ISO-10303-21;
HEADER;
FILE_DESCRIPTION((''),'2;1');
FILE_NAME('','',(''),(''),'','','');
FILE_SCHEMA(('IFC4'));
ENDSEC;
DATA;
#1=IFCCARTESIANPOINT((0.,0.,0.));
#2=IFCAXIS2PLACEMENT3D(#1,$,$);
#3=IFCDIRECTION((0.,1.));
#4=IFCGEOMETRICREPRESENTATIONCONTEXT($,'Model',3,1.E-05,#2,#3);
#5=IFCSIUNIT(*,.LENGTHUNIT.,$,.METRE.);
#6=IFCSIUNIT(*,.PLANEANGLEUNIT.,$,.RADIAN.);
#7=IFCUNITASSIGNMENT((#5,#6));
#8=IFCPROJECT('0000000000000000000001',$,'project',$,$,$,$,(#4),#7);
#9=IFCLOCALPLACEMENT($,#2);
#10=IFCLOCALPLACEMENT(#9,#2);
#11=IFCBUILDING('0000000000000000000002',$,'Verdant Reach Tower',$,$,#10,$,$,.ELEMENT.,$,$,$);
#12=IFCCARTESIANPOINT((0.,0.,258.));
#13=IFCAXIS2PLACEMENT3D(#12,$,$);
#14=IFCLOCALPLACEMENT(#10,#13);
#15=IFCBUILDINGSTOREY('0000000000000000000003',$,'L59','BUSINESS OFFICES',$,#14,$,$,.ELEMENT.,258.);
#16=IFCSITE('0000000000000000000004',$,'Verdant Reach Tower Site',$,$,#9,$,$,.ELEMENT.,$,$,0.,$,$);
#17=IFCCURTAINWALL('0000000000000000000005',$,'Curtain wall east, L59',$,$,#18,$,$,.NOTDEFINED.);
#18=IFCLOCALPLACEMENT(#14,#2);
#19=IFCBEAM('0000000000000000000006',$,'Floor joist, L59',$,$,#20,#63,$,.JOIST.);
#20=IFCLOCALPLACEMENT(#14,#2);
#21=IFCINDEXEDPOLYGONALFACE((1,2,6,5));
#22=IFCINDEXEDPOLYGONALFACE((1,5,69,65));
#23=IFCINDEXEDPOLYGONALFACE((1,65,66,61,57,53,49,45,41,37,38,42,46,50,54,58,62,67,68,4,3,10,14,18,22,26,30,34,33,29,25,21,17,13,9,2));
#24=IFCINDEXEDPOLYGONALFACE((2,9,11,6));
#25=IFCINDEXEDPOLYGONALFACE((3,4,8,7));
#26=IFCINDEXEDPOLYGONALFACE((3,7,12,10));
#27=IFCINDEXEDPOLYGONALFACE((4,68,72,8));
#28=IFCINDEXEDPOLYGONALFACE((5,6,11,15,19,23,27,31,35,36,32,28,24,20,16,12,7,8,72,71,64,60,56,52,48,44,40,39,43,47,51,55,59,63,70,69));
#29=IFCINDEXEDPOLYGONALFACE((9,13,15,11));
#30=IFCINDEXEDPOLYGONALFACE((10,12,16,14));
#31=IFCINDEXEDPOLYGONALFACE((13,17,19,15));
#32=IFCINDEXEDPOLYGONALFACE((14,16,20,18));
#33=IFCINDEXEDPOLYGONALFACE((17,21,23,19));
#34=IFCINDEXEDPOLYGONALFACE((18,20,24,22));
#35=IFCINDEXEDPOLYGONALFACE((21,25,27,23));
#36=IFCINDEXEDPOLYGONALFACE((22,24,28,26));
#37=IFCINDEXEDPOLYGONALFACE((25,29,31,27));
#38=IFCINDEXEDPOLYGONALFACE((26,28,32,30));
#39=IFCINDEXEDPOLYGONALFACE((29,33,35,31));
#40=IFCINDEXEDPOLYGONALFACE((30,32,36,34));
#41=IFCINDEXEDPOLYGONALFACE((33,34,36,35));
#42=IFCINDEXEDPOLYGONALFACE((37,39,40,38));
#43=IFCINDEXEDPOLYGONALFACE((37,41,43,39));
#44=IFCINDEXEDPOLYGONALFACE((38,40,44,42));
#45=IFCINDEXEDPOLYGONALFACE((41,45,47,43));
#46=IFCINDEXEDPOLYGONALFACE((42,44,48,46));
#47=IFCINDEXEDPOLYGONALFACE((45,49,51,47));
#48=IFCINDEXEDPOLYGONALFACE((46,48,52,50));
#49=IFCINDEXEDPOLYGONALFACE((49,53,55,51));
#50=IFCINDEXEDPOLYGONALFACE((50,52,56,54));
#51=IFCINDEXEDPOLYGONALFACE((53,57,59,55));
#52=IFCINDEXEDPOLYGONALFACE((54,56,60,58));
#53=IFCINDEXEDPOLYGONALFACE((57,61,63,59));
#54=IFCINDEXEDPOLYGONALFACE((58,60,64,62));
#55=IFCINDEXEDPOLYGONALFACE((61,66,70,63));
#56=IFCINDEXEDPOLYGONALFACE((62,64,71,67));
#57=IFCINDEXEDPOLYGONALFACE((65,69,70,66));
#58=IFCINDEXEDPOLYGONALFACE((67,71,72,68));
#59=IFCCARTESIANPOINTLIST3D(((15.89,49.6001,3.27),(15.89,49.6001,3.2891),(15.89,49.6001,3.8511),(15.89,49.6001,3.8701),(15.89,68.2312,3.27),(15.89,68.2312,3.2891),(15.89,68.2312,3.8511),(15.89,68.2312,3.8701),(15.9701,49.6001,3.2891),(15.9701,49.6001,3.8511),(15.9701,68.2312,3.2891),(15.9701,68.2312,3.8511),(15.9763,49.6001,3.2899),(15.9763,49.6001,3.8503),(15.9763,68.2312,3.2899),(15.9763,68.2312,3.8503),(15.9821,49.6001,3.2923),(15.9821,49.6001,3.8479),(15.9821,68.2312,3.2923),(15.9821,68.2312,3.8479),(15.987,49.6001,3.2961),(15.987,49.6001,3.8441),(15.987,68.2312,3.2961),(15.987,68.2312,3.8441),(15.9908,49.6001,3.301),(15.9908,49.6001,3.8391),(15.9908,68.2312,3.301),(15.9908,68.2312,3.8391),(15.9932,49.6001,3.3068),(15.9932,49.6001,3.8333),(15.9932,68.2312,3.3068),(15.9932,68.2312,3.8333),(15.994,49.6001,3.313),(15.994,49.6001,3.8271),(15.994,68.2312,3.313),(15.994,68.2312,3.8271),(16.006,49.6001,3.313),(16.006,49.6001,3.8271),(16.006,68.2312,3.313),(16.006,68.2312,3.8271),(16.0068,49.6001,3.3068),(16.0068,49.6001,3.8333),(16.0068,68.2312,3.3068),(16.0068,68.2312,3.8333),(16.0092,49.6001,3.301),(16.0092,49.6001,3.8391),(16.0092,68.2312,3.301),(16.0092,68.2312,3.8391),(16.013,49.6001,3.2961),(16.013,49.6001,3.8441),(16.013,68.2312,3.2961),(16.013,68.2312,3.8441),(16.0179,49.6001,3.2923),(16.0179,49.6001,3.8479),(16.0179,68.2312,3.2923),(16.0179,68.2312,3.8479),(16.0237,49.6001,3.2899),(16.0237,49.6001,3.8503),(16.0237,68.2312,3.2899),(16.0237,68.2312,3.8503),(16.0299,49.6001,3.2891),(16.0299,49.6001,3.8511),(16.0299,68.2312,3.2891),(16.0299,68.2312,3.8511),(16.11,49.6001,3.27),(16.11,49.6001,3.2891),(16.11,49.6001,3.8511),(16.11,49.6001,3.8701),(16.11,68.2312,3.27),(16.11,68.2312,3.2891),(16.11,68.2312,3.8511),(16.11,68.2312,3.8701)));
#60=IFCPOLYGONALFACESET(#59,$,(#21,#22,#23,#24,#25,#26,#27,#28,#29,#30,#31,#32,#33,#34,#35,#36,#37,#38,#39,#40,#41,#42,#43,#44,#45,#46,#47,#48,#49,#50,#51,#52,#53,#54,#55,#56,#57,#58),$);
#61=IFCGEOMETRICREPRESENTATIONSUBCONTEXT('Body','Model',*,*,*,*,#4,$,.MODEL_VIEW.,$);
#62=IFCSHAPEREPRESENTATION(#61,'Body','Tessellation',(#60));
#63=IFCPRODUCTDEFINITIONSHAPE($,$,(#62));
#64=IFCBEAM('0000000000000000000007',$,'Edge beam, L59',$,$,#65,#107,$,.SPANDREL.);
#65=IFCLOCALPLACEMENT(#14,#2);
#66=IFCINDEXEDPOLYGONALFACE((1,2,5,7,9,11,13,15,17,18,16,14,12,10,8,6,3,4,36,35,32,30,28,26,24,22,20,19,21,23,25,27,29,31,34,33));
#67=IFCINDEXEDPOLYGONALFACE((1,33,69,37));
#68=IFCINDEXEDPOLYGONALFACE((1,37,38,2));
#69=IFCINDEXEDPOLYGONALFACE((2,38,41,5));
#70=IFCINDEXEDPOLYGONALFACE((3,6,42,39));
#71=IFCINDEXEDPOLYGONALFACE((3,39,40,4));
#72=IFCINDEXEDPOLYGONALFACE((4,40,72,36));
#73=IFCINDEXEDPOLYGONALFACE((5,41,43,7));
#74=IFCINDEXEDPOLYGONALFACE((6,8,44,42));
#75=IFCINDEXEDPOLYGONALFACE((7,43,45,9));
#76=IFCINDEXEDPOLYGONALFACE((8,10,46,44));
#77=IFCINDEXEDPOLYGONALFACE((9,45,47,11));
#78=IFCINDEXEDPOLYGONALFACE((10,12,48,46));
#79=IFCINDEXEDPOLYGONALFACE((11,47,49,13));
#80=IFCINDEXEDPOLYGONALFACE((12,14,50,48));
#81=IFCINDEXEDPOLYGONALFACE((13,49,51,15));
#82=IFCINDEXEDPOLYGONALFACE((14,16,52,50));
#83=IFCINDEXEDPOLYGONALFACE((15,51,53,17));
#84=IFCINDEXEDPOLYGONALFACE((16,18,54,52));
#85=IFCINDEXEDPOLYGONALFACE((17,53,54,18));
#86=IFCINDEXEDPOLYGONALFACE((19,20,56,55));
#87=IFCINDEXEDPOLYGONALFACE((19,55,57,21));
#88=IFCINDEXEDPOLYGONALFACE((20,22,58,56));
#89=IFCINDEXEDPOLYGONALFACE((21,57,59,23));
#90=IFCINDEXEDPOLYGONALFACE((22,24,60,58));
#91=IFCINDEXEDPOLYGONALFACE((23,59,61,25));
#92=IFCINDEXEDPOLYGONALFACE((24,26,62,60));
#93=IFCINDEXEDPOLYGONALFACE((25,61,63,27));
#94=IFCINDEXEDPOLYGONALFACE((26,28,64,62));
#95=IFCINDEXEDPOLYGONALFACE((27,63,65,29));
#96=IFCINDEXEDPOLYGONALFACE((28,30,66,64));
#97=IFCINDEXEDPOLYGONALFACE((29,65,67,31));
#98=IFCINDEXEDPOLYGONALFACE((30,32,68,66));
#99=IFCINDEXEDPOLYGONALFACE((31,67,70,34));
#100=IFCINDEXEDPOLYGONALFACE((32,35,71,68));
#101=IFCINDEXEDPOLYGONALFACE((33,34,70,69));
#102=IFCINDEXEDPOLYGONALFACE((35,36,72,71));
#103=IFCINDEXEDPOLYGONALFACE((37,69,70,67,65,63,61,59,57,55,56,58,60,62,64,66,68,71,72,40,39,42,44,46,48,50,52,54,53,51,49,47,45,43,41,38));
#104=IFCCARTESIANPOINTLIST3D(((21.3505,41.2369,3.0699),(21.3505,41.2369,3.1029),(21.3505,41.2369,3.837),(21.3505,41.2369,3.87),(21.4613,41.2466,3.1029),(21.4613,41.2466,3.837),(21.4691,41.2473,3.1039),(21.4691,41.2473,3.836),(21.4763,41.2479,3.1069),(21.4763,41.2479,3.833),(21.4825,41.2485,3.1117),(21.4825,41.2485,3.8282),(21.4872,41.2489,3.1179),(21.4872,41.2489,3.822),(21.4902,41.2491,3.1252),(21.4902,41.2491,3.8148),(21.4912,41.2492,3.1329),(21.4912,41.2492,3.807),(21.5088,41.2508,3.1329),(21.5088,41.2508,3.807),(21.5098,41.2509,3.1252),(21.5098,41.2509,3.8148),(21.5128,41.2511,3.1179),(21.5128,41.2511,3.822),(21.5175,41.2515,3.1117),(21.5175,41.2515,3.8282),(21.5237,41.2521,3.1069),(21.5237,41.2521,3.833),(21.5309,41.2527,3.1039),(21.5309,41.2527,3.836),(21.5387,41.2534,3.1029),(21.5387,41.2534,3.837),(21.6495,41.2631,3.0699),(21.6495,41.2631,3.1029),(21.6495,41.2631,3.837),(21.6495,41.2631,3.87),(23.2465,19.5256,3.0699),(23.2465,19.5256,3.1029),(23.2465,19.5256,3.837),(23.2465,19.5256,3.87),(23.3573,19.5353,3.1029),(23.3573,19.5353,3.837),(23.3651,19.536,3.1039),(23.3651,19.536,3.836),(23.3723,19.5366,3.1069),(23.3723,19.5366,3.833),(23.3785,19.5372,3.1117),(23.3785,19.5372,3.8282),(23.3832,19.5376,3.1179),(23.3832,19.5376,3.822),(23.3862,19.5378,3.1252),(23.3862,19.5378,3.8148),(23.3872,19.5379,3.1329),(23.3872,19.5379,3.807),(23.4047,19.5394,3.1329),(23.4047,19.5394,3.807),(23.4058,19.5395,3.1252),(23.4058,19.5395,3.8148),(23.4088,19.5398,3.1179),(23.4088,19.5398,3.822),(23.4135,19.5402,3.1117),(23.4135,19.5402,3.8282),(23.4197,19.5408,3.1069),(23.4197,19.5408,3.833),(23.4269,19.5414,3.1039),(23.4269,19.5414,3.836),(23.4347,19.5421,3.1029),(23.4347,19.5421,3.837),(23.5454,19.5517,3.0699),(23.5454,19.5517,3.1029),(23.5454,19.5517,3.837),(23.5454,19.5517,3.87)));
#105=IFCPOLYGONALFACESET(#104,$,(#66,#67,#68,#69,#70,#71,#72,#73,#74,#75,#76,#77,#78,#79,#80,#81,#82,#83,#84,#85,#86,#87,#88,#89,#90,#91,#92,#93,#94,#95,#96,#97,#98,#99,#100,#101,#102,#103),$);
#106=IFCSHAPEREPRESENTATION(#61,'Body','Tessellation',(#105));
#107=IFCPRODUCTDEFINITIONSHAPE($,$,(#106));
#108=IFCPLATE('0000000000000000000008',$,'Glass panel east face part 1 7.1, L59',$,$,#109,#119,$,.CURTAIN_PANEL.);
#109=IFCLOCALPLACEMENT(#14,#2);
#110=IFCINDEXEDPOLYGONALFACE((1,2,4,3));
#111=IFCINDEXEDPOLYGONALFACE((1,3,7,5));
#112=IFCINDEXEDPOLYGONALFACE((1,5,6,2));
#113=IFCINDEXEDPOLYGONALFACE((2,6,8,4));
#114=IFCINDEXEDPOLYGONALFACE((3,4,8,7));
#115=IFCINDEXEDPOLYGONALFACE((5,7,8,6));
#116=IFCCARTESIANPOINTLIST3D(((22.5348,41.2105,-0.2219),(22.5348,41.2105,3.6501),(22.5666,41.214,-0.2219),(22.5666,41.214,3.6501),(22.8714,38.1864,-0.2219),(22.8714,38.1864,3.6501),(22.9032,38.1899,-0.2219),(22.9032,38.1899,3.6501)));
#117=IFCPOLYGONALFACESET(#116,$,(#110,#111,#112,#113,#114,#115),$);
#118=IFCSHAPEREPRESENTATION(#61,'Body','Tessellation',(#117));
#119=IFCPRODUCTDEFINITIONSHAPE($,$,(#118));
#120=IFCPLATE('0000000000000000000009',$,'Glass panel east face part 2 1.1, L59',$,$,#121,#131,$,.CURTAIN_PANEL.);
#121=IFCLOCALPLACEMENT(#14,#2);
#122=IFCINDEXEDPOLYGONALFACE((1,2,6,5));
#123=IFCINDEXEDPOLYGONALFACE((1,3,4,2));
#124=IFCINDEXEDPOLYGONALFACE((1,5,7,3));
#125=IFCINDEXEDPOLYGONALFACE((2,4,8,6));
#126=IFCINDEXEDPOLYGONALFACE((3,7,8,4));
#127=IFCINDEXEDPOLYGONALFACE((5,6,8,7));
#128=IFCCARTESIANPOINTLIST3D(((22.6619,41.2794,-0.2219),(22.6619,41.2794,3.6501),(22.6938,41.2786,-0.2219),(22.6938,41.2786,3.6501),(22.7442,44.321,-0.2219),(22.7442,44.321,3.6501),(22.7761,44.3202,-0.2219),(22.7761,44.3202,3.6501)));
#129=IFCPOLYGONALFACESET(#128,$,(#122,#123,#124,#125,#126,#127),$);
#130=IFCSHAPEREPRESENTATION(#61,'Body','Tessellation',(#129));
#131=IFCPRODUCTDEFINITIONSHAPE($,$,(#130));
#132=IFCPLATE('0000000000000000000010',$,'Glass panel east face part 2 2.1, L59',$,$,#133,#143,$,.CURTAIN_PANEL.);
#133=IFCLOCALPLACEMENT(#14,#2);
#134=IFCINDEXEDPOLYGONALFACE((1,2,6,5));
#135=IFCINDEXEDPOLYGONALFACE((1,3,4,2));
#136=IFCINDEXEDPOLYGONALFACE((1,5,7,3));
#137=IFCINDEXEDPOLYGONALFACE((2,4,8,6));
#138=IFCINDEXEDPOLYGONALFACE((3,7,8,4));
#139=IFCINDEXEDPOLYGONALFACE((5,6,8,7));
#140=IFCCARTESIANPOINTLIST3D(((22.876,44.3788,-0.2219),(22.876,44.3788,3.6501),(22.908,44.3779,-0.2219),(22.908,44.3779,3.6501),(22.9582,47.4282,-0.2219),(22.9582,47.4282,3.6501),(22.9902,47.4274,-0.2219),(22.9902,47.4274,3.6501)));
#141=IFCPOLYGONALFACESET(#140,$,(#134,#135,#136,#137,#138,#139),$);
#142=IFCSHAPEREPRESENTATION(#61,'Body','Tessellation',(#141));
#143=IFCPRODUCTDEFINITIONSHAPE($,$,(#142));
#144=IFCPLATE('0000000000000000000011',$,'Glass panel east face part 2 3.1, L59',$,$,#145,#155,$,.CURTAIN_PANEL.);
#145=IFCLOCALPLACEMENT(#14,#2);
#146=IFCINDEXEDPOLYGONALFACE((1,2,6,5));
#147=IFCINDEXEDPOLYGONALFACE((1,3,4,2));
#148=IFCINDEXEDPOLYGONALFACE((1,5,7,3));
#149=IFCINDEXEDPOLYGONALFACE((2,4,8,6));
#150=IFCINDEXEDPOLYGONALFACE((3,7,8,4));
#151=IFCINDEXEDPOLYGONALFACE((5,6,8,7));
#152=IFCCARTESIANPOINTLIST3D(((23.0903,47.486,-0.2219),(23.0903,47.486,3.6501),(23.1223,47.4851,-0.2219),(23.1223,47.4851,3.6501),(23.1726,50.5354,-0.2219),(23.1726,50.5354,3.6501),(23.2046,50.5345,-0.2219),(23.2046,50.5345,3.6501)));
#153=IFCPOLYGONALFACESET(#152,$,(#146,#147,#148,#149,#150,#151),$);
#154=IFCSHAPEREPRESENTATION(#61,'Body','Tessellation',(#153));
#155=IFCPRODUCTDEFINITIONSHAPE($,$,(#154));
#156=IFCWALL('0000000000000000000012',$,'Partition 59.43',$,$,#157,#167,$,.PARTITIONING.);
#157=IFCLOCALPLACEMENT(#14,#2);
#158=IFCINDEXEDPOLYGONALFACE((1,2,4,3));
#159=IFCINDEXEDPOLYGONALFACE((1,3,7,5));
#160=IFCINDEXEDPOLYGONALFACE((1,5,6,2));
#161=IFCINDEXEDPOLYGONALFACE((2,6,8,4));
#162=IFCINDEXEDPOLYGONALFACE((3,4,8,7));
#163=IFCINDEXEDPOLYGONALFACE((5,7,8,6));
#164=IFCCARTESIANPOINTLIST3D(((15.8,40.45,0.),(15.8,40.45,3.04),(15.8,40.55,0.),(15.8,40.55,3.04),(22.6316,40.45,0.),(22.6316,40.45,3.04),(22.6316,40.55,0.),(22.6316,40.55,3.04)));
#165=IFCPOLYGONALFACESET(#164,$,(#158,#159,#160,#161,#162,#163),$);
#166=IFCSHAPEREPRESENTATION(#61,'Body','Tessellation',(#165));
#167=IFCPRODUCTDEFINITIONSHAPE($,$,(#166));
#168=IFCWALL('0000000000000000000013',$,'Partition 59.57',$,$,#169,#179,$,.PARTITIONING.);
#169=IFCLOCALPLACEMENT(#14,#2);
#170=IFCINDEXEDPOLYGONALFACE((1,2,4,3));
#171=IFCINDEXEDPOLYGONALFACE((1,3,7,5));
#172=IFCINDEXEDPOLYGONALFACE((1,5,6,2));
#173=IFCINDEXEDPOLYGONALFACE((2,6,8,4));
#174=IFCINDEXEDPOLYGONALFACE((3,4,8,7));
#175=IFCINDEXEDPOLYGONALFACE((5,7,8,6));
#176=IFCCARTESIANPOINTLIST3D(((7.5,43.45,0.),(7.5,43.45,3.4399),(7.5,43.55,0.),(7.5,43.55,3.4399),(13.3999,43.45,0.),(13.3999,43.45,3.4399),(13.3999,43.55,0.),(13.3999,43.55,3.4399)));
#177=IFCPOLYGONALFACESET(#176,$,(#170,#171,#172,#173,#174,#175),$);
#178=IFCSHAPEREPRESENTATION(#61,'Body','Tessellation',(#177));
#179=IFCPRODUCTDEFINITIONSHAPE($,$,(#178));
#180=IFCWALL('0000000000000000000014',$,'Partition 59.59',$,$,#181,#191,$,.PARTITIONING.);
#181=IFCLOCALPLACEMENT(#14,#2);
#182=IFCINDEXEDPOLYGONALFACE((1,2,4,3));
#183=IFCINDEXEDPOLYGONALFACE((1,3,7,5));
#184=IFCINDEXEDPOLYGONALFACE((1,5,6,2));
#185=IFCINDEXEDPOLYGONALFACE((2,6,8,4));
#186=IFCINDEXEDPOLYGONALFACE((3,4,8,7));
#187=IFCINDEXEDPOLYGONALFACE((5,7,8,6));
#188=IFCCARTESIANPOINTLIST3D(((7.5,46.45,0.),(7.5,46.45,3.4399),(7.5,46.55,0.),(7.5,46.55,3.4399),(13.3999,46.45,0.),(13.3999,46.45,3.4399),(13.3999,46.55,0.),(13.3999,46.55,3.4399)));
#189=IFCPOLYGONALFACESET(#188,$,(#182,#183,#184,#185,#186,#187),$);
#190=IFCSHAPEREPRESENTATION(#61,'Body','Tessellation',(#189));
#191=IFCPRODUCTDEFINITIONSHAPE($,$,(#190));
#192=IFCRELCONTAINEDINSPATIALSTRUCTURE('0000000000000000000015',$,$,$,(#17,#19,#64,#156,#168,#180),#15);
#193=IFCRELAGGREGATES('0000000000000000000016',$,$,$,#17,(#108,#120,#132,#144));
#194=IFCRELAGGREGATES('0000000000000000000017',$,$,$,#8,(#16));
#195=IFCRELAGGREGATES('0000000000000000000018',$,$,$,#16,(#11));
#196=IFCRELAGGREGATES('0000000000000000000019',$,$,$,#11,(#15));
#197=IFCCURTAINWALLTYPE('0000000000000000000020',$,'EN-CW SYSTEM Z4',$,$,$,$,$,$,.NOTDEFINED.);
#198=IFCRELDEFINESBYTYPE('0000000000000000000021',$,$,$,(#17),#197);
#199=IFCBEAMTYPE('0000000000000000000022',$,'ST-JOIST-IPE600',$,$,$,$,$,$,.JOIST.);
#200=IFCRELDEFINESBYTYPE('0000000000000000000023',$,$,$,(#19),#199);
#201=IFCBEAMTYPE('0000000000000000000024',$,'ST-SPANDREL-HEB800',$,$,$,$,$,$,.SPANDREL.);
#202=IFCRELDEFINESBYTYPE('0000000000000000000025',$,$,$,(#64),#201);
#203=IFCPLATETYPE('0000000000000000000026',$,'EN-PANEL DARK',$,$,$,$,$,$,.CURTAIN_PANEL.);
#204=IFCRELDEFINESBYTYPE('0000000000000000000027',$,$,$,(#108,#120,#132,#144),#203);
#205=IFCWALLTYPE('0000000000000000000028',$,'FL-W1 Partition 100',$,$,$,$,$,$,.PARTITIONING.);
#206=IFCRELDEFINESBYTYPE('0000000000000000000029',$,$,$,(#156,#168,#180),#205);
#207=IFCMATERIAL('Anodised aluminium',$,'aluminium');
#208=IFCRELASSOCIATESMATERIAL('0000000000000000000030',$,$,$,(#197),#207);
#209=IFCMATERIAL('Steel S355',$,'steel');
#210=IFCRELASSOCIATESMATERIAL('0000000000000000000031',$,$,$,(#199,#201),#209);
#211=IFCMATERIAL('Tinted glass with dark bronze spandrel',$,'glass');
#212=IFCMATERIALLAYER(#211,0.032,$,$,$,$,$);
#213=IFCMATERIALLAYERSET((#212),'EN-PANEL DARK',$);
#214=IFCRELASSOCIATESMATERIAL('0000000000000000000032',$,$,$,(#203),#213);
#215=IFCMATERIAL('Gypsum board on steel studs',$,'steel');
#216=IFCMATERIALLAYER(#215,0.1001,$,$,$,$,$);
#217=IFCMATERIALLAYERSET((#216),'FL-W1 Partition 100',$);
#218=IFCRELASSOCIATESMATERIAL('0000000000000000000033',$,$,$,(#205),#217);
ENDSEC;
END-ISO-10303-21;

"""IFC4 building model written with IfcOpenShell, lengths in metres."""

from ifc_helpers import new_model, si_unit, direction, frame, frame_2d, origin, origin_2d, place, context, subcontext, project, spatial, rectangle, i_section, extrude, material, layer, layer_set, material_profile, profile_set, type_object, element, aggregate, save


model = new_model("IFC4")

# Units and contexts
model_context = context("Model", 3, precision=1e-05, world=origin(), true_north=direction((0.0, 1.0)))
body_context = subcontext(model_context, "Body", "Model", "MODEL_VIEW")
ifc_project = project(units=[si_unit("LENGTHUNIT", "METRE"), si_unit("PLANEANGLEUNIT", "RADIAN")], contexts=[model_context])

# Site, building, storey
site_placement = place(None, origin())
site = spatial("IfcSite", under=ifc_project, at=site_placement, Name="Verdant Reach Tower Site", CompositionType="ELEMENT", RefElevation=0.0)
building_placement = place(site_placement, origin())
building = spatial("IfcBuilding", under=site, at=building_placement, Name="Verdant Reach Tower", CompositionType="ELEMENT")
storey_placement = place(building_placement, frame((0.0, 0.0, 258.0)))
storey = spatial("IfcBuildingStorey", under=building, at=storey_placement, Name="L59", Description="BUSINESS OFFICES", CompositionType="ELEMENT", Elevation=258.0)

# Curtain wall
ifc_material_1 = material(Name="Anodised aluminium", Category="aluminium")
curtain_wall_type = type_object("IfcCurtainWallType", Name="EN-CW SYSTEM Z4", PredefinedType="NOTDEFINED", material=ifc_material_1)
curtain_wall_placement = place(storey_placement, origin())
curtain_wall = element("IfcCurtainWall", 1, at=curtain_wall_placement, inside=storey, type_object=curtain_wall_type, Name="Curtain wall east, L59", PredefinedType="NOTDEFINED")

# Beams
ifc_material_2 = material(Name="Steel S355", Category="steel")
ifc_material_profile_1 = material_profile(ifc_material_2, i_section(OverallWidth=0.22, OverallDepth=0.6001, WebThickness=0.012, FlangeThickness=0.019, FilletRadius=0.0239, at=origin_2d()), Name="IPE 600")
ifc_profile_set_1 = profile_set([ifc_material_profile_1], Name="Steel S355")
beam_type_1 = type_object("IfcBeamType", Name="ST-JOIST-IPE600", PredefinedType="JOIST", material=ifc_profile_set_1)
beam_1_placement = place(storey_placement, frame((16.0, 49.6001, 3.5701), z_axis=(0.0, 1.0, 0.0), x_axis=(-1.0, 0.0, 0.0)))
element("IfcBeam", 2, at=beam_1_placement, inside=storey, type_object=beam_type_1, Name="Floor joist, L59", PredefinedType="JOIST", context=body_context, shape_type="SweptSolid", body=[
    extrude(i_section(OverallWidth=0.22, OverallDepth=0.6001, WebThickness=0.012, FlangeThickness=0.019, FilletRadius=0.0239, at=origin_2d()), origin(), (0.0, 0.0, 1.0), 18.6311),
])
ifc_material_profile_2 = material_profile(ifc_material_2, i_section(OverallWidth=0.3, OverallDepth=0.8, WebThickness=0.0176, FlangeThickness=0.033, FilletRadius=0.03, at=origin_2d()), Name="HEB 800")
ifc_profile_set_2 = profile_set([ifc_material_profile_2], Name="Steel S355")
beam_type_2 = type_object("IfcBeamType", Name="ST-SPANDREL-HEB800", PredefinedType="SPANDREL", material=ifc_profile_set_2)
beam_2_placement = place(storey_placement, frame((21.5, 41.25, 3.47), z_axis=(0.086996, -0.996209, 0.0), x_axis=(0.996209, 0.086996, 0.0)))
element("IfcBeam", 3, at=beam_2_placement, inside=storey, type_object=beam_type_2, Name="Edge beam, L59", PredefinedType="SPANDREL", context=body_context, shape_type="SweptSolid", body=[
    extrude(i_section(OverallWidth=0.3, OverallDepth=0.8, WebThickness=0.0176, FlangeThickness=0.033, FilletRadius=0.03, at=origin_2d()), origin(), (0.0, 0.0, 1.0), 21.7939),
])

# Plates
ifc_material_3 = material(Name="Tinted glass with dark bronze spandrel", Category="glass")
ifc_layer_1 = layer(ifc_material_3, 0.032)
ifc_layer_set_1 = layer_set([ifc_layer_1], Name="EN-PANEL DARK")
plate_type = type_object("IfcPlateType", Name="EN-PANEL DARK", PredefinedType="CURTAIN_PANEL", material=ifc_layer_set_1)
plate_1_placement = place(storey_placement, frame((22.719, 39.7002, -0.2219), z_axis=(0.0, 0.0, 1.0), x_axis=(-0.110603, 0.993865, 0.0)))
plate_1 = element("IfcPlate", 4, at=plate_1_placement, type_object=plate_type, Name="Glass panel east face part 1 7.1, L59", PredefinedType="CURTAIN_PANEL", context=body_context, shape_type="SweptSolid", body=[
    extrude(rectangle(XDim=3.0427, YDim=0.032, at=origin_2d()), origin(), (0.0, 0.0, 1.0), 3.8721),
])
plate_2_placement = place(storey_placement, frame((22.719, 42.7998, -0.2219), z_axis=(0.0, 0.0, 1.0), x_axis=(0.027051, 0.999634, 0.0)))
plate_2 = element("IfcPlate", 5, at=plate_2_placement, type_object=plate_type, Name="Glass panel east face part 2 1.1, L59", PredefinedType="CURTAIN_PANEL", context=body_context, shape_type="SweptSolid", body=[
    extrude(rectangle(XDim=3.0427, YDim=0.032, at=origin_2d()), origin(), (0.0, 0.0, 1.0), 3.8721),
])
plate_3_placement = place(storey_placement, frame((22.9331, 45.9031, -0.2219), z_axis=(0.0, 0.0, 1.0), x_axis=(0.026965, 0.999636, 0.0)))
plate_3 = element("IfcPlate", 6, at=plate_3_placement, type_object=plate_type, Name="Glass panel east face part 2 2.1, L59", PredefinedType="CURTAIN_PANEL", context=body_context, shape_type="SweptSolid", body=[
    extrude(rectangle(XDim=3.0505, YDim=0.032, at=origin_2d()), origin(), (0.0, 0.0, 1.0), 3.8721),
])
plate_4_placement = place(storey_placement, frame((23.1475, 49.0103, -0.2219), z_axis=(0.0, 0.0, 1.0), x_axis=(0.026965, 0.999636, 0.0)))
plate_4 = element("IfcPlate", 7, at=plate_4_placement, type_object=plate_type, Name="Glass panel east face part 2 3.1, L59", PredefinedType="CURTAIN_PANEL", context=body_context, shape_type="SweptSolid", body=[
    extrude(rectangle(XDim=3.0505, YDim=0.032, at=origin_2d()), origin(), (0.0, 0.0, 1.0), 3.8721),
])
aggregate(curtain_wall, [plate_1, plate_2, plate_3, plate_4])

# Walls
ifc_material_4 = material(Name="Gypsum board on steel studs", Category="steel")
ifc_layer_2 = layer(ifc_material_4, 0.1001)
ifc_layer_set_2 = layer_set([ifc_layer_2], Name="FL-W1 Partition 100")
wall_type_1 = type_object("IfcWallType", Name="FL-W1 Partition 100", PredefinedType="PARTITIONING", material=ifc_layer_set_2)
wall_1_placement = place(storey_placement, frame((22.6316, 40.5, 0.0), z_axis=(0.0, 0.0, 1.0), x_axis=(-1.0, 0.0, 0.0)))
element("IfcWall", 8, at=wall_1_placement, inside=storey, type_object=wall_type_1, Name="Partition 59.43", PredefinedType="PARTITIONING", context=body_context, shape_type="SweptSolid", body=[
    extrude(rectangle(XDim=6.8315, YDim=0.1001, at=frame_2d((3.4158, 0.0))), origin(), (0.0, 0.0, 1.0), 3.04),
])
for number, where, z_axis, x_axis, name in (
    (9, (13.3999, 43.5, 0.0), (0.0, 0.0, 1.0), (-1.0, 0.0, 0.0), "Partition 59.57"),
    (10, (13.3999, 46.5, 0.0), (0.0, 0.0, 1.0), (-1.0, 0.0, 0.0), "Partition 59.59"),
):
    element("IfcWall", number, at=place(storey_placement, frame(where, z_axis=z_axis, x_axis=x_axis)), inside=storey, type_object=wall_type_1, Name=name, PredefinedType="PARTITIONING", context=body_context, shape_type="SweptSolid", body=[
        extrude(rectangle(XDim=5.8999, YDim=0.1001, at=frame_2d((2.95, 0.0))), origin(), (0.0, 0.0, 1.0), 3.4399),
    ])

save(model, "model.ifc")
